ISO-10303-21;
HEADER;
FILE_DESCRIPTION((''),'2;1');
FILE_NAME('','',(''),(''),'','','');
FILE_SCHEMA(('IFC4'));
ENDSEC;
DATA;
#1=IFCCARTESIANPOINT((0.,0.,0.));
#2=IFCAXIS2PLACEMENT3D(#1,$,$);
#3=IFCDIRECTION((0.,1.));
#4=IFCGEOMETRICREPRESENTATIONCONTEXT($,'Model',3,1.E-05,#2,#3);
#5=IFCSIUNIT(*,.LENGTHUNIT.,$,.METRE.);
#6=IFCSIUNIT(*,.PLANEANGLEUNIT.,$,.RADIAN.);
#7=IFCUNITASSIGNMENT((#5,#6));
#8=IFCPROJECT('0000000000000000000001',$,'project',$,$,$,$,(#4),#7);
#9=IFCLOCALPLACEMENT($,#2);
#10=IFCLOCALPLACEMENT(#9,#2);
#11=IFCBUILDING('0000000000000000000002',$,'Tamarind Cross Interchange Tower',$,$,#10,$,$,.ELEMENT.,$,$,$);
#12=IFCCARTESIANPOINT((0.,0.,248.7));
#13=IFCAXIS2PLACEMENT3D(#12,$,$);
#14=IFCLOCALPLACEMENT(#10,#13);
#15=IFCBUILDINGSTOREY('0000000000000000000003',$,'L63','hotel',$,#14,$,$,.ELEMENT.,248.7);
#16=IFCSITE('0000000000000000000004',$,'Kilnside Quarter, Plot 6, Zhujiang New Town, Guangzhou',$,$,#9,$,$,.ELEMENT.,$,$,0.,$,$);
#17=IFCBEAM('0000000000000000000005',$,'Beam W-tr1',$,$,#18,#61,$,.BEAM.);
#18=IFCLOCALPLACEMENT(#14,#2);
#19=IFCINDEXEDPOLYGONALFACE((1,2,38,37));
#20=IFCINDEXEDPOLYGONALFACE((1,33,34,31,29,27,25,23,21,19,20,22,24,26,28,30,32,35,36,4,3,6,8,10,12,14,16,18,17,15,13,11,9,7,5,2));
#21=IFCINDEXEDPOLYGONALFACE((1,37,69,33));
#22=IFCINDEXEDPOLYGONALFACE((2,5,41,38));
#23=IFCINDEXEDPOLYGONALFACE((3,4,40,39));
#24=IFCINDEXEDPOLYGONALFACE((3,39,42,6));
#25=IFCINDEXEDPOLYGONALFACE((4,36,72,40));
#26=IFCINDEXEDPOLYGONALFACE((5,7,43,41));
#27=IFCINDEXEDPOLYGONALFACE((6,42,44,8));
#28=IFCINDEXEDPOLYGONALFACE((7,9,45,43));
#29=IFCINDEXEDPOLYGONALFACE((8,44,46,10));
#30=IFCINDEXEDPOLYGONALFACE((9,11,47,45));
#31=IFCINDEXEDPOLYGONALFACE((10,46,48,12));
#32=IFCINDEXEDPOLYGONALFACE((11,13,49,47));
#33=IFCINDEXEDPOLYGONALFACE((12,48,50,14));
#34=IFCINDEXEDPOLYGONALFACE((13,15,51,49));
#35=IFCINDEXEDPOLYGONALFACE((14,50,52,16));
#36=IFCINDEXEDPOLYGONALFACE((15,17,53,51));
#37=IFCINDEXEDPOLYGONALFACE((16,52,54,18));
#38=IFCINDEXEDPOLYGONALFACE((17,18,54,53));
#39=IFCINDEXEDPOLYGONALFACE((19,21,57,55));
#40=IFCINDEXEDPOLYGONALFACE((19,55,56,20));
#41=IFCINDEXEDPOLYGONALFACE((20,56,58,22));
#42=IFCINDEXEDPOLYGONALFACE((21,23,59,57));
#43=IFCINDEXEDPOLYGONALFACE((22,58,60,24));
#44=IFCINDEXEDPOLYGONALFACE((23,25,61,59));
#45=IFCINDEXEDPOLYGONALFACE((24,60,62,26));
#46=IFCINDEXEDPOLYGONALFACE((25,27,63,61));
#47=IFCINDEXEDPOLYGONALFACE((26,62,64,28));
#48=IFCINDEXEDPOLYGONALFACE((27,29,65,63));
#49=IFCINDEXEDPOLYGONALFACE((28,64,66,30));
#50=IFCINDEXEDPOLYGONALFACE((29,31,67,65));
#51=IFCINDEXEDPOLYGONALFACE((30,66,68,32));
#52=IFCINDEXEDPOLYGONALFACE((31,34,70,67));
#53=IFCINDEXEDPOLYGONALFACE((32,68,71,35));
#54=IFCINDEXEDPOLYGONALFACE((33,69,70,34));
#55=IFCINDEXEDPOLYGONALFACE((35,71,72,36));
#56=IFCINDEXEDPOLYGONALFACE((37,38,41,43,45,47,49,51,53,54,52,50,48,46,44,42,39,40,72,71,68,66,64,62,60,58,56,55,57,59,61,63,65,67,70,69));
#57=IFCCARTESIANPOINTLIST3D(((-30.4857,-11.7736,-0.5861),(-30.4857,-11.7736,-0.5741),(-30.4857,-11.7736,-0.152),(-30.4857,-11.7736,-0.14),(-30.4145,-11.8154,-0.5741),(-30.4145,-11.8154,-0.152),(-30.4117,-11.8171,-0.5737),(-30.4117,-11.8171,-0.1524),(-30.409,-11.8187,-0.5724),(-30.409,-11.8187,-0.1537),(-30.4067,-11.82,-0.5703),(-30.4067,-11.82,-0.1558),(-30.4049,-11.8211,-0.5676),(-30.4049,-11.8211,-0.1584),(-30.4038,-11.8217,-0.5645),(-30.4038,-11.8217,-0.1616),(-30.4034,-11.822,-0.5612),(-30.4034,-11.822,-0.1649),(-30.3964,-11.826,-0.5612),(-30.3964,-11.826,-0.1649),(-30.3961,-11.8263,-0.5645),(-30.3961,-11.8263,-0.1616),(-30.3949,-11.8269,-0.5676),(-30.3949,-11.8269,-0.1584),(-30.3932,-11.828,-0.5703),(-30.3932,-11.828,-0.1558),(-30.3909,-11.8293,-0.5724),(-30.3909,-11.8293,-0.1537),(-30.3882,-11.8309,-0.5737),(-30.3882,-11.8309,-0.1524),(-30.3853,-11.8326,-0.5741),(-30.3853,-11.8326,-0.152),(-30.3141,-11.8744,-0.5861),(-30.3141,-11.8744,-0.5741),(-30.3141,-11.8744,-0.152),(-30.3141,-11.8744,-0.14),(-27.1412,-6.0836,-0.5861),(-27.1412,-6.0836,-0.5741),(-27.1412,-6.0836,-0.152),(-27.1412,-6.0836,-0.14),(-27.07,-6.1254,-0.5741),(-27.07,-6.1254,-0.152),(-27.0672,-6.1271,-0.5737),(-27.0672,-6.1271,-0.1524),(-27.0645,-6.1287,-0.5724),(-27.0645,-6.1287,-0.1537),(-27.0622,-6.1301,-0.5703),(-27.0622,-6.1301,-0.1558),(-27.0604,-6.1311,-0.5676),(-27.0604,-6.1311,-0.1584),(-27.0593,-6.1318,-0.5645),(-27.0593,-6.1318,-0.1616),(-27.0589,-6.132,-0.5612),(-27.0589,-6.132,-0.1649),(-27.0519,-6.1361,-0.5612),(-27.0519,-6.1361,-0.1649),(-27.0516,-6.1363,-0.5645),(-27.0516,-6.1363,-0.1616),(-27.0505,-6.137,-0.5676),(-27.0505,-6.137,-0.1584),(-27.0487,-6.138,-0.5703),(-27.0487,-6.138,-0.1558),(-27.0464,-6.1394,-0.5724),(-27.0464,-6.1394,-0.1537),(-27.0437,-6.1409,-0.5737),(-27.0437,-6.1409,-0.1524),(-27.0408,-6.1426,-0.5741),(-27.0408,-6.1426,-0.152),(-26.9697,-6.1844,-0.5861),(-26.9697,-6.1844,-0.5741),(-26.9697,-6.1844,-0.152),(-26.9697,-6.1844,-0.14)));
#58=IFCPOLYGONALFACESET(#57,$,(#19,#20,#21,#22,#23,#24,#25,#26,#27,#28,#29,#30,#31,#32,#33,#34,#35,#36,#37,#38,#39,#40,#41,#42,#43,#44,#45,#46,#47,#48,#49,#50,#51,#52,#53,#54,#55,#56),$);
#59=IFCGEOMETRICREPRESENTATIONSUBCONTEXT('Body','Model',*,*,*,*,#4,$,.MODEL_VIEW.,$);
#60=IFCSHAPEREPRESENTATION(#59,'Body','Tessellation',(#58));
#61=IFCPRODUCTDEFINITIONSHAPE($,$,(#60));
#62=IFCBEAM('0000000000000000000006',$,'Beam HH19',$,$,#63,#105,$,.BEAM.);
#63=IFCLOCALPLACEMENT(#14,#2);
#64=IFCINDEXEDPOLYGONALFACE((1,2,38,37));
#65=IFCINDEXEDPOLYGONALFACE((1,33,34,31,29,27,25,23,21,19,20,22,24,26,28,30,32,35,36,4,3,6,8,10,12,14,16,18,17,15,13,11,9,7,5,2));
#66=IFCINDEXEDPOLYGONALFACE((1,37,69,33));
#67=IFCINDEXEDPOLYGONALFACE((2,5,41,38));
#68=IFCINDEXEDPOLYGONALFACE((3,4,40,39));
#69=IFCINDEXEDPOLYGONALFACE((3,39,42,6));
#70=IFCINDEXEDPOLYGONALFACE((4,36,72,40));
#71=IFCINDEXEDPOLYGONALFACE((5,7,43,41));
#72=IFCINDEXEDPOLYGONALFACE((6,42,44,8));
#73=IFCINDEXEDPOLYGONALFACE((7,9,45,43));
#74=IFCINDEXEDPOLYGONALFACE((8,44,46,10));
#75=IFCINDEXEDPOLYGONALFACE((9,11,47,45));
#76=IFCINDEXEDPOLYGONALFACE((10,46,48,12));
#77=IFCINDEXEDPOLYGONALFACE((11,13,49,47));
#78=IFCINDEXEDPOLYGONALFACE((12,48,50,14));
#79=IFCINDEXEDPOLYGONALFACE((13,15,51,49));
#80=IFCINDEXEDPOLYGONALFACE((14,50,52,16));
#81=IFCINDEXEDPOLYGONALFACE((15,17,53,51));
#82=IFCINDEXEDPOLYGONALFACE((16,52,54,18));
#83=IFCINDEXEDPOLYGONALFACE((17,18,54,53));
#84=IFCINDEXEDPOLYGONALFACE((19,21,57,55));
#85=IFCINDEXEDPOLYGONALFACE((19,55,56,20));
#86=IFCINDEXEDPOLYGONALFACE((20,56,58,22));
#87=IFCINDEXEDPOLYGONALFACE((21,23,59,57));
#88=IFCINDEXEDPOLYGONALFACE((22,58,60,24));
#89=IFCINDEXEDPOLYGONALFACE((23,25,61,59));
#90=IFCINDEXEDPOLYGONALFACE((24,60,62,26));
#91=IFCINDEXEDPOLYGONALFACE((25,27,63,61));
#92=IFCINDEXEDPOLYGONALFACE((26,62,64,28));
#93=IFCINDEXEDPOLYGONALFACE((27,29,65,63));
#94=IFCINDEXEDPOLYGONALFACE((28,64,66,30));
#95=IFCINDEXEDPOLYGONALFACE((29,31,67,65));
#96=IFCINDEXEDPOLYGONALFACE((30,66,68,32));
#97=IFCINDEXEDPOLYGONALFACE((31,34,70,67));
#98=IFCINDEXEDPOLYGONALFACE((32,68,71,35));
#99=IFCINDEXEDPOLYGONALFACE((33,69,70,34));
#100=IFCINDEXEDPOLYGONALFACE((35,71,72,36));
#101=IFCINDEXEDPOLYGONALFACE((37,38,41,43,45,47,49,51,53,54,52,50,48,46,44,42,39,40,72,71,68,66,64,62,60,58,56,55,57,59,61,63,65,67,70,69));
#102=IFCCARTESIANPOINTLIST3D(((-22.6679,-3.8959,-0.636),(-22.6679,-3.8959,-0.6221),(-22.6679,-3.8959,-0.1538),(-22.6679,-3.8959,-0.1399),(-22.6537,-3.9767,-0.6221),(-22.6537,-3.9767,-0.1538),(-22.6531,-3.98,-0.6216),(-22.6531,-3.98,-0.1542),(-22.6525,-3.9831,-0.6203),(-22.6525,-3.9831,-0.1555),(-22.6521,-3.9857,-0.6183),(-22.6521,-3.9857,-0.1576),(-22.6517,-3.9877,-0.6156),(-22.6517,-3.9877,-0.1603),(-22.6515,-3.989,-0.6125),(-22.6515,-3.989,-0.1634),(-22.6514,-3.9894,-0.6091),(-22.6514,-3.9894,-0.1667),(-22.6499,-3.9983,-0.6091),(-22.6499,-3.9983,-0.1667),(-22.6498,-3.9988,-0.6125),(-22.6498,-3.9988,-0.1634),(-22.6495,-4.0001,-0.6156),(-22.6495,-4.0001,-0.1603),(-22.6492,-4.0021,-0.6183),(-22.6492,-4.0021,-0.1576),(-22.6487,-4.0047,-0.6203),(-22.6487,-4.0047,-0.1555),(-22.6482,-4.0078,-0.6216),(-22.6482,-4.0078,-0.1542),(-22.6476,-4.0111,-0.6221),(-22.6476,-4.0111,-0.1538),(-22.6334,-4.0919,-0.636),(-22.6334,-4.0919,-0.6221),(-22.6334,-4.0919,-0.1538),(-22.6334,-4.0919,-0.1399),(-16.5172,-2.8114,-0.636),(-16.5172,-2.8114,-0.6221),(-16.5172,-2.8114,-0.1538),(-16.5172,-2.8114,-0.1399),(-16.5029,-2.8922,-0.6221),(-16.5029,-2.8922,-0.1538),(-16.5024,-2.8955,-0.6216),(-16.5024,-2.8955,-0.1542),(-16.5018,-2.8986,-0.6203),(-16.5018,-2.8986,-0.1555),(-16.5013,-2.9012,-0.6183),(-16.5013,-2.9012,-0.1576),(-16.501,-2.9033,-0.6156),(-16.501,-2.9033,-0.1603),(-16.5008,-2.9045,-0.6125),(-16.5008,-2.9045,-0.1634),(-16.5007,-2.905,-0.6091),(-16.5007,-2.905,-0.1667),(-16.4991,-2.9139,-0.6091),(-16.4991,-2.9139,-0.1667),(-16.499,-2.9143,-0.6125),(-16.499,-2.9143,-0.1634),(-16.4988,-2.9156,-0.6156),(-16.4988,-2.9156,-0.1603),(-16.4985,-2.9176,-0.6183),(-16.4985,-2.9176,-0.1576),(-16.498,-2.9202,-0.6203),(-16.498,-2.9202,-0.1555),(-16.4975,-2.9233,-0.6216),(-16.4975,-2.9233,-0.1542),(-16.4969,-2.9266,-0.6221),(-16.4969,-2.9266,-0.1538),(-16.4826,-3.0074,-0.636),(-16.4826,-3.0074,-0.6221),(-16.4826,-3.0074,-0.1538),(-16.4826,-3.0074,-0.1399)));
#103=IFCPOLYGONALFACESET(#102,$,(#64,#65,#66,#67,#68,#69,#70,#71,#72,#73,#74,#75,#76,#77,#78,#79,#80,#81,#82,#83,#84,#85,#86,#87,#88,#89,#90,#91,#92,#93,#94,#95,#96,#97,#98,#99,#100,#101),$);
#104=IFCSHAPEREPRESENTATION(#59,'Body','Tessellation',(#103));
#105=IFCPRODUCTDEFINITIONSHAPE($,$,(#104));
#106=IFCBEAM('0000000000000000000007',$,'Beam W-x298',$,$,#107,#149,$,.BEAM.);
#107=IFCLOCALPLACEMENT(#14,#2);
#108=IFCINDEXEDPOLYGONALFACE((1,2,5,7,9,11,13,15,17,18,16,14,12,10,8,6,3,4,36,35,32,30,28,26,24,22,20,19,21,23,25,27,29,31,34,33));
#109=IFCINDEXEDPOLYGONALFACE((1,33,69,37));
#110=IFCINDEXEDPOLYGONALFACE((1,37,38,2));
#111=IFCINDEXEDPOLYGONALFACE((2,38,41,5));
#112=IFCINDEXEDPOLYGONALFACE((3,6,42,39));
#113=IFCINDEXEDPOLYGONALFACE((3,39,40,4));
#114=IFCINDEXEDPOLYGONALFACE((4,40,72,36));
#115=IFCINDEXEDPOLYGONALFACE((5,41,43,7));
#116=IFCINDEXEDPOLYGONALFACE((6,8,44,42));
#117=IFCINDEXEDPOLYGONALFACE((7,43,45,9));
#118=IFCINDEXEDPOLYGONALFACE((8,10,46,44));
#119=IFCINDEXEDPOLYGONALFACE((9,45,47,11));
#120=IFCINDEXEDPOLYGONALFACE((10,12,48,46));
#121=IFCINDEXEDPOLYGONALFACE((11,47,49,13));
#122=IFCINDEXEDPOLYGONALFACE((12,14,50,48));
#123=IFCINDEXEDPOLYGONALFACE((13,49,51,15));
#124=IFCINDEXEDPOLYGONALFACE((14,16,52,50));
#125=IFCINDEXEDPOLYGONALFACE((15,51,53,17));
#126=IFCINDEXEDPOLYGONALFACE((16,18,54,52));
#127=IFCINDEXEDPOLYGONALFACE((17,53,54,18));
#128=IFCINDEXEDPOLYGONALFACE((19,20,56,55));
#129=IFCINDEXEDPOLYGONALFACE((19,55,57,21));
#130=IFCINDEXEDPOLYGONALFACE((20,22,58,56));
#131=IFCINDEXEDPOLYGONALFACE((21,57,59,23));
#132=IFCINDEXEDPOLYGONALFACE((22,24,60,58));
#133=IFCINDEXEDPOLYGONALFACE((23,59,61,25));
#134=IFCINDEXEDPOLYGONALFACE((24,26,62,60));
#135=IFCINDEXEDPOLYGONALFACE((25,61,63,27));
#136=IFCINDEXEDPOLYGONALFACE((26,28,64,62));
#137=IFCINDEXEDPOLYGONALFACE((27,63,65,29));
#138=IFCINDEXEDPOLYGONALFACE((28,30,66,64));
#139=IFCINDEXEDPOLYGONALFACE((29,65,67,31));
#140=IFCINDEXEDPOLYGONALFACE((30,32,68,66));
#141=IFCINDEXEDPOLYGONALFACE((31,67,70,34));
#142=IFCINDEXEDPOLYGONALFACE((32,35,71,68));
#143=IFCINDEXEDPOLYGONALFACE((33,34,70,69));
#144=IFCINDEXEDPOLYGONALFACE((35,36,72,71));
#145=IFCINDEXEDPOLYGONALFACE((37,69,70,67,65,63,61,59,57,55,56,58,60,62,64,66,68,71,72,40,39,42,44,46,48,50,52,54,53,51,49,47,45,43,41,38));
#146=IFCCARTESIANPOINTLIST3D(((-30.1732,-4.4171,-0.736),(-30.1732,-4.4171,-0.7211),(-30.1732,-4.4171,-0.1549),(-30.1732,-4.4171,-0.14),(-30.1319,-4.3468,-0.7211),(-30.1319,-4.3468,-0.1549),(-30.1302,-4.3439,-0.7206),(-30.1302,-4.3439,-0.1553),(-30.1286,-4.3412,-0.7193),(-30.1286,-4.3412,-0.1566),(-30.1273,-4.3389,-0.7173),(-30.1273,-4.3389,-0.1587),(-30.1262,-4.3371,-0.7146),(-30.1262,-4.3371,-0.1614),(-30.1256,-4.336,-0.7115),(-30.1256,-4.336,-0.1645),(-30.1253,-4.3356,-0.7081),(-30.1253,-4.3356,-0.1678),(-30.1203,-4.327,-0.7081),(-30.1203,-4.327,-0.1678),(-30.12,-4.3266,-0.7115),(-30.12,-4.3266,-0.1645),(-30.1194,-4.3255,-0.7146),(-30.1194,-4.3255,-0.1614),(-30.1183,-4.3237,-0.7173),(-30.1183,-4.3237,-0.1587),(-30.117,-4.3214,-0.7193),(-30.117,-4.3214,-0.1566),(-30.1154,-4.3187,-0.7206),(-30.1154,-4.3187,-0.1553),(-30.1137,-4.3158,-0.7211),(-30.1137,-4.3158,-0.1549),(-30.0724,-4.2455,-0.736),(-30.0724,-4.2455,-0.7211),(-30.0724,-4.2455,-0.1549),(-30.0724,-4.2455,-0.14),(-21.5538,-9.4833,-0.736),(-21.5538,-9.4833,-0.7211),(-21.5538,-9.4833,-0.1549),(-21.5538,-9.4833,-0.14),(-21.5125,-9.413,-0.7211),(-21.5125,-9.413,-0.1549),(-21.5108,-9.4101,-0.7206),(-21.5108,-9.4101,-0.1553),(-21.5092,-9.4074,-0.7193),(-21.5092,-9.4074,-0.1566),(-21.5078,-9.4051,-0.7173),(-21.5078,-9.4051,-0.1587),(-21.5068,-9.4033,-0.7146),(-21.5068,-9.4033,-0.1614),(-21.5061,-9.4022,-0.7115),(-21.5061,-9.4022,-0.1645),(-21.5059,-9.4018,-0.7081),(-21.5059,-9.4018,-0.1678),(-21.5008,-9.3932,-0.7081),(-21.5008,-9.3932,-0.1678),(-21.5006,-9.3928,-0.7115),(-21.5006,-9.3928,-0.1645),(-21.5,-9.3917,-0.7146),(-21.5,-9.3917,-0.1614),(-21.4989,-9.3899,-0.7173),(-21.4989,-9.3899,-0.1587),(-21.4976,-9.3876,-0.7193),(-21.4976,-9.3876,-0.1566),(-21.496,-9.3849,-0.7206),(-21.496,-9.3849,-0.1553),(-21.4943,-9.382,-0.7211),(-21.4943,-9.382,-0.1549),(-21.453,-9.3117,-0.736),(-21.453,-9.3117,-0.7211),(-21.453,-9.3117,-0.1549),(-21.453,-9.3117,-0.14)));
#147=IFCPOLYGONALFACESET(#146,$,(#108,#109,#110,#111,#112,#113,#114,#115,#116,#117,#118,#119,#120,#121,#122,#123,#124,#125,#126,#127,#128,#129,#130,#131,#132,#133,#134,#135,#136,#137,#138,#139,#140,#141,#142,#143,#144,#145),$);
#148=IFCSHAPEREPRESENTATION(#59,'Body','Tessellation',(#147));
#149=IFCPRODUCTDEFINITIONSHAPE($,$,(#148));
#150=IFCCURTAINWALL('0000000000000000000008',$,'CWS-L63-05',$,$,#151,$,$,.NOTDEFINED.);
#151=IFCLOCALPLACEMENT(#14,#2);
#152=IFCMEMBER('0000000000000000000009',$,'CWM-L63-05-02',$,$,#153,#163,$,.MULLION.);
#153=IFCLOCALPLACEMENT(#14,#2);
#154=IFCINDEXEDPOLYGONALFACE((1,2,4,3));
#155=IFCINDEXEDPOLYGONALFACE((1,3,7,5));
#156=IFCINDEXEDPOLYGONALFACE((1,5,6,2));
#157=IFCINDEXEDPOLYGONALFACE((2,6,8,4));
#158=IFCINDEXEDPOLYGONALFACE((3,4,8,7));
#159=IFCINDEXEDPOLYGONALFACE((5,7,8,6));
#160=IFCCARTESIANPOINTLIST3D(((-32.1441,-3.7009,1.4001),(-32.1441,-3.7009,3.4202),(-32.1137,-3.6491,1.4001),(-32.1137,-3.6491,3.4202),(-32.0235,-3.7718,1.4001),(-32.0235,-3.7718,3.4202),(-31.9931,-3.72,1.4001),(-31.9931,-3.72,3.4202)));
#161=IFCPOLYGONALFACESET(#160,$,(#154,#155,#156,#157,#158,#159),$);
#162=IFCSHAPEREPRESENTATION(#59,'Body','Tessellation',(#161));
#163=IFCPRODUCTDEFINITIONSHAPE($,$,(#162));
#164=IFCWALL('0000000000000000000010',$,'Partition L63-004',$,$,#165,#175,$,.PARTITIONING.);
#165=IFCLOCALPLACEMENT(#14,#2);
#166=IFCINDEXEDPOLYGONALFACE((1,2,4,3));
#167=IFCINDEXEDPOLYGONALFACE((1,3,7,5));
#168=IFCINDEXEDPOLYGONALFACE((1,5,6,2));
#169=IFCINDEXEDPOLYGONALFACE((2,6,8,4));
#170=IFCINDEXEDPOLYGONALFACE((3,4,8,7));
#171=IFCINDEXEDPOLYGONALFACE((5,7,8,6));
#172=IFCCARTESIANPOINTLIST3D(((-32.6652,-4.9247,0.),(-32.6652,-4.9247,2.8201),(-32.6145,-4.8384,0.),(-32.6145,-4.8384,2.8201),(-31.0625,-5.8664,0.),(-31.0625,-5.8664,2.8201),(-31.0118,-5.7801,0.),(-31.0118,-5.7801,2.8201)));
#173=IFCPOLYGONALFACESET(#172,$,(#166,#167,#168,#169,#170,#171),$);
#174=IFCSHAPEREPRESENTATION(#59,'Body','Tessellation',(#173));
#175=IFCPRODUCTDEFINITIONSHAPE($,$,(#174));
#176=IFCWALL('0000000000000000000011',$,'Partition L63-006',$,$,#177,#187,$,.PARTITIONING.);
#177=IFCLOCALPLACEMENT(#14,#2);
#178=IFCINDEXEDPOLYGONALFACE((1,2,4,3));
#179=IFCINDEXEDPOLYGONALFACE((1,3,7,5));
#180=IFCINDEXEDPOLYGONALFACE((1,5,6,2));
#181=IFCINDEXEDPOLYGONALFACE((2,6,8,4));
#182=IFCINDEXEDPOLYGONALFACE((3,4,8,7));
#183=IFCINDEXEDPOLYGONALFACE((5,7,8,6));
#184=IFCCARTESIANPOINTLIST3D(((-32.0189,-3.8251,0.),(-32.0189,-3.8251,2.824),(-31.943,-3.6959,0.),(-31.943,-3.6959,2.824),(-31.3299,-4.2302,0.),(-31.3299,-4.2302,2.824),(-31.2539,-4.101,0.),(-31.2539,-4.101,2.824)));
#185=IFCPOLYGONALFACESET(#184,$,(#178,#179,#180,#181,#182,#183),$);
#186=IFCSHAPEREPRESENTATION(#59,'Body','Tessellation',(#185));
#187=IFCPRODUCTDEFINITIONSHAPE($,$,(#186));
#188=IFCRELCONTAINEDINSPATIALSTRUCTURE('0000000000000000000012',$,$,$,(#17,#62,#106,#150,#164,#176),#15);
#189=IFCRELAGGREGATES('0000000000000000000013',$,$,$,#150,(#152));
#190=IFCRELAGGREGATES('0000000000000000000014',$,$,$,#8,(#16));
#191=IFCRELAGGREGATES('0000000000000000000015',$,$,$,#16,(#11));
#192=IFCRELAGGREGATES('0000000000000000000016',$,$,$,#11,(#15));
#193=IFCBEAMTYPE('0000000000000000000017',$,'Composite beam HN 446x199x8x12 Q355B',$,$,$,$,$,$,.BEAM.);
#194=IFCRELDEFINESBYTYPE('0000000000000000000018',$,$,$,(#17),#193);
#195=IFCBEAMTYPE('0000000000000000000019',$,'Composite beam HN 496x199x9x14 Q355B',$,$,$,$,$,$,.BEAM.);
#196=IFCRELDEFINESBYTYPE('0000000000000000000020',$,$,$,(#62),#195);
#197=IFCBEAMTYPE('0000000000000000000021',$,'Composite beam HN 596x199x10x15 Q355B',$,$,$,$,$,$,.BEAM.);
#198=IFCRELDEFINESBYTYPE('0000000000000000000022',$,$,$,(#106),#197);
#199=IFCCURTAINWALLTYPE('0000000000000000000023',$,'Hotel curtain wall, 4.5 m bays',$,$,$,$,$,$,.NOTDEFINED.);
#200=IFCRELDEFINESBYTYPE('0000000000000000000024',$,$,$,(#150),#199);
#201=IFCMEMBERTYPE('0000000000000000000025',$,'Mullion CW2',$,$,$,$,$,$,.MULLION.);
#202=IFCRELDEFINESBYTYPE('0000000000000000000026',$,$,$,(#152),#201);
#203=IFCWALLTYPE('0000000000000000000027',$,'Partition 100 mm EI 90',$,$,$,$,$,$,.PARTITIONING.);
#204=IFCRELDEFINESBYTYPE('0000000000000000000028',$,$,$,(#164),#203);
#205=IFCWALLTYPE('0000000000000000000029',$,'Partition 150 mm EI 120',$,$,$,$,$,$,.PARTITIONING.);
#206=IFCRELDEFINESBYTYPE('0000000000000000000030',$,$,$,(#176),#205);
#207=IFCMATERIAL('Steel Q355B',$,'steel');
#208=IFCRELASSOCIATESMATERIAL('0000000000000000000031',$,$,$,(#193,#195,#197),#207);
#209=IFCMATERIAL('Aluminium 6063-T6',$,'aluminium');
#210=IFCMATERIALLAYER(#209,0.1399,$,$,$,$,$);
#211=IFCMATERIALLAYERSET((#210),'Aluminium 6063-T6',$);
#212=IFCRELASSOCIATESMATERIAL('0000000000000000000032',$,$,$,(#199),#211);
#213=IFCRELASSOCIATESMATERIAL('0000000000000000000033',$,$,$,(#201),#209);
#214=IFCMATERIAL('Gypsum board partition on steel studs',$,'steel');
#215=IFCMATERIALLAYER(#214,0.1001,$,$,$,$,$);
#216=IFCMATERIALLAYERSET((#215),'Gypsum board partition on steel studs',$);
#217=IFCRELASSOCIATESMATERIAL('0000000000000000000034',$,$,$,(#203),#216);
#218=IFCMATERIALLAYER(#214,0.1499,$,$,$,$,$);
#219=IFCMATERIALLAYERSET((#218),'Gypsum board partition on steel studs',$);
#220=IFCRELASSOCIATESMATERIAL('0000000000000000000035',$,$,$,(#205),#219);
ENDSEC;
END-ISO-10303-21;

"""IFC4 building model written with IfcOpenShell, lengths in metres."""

from ifc_helpers import new_model, si_unit, direction, frame, frame_2d, origin, origin_2d, place, context, subcontext, project, spatial, rectangle, i_section, extrude, material, layer, layer_set, material_profile, profile_set, type_object, element, aggregate, save


model = new_model("IFC4")

# Units and contexts
model_context = context("Model", 3, precision=1e-05, world=origin(), true_north=direction((0.0, 1.0)))
body_context = subcontext(model_context, "Body", "Model", "MODEL_VIEW")
ifc_project = project(units=[si_unit("LENGTHUNIT", "METRE"), si_unit("PLANEANGLEUNIT", "RADIAN")], contexts=[model_context])

# Site, building, storey
site_placement = place(None, origin())
site = spatial("IfcSite", under=ifc_project, at=site_placement, Name="Kilnside Quarter, Plot 6, Zhujiang New Town, Guangzhou", CompositionType="ELEMENT", RefElevation=0.0)
building_placement = place(site_placement, origin())
building = spatial("IfcBuilding", under=site, at=building_placement, Name="Tamarind Cross Interchange Tower", CompositionType="ELEMENT")
storey_placement = place(building_placement, frame((0.0, 0.0, 248.7)))
storey = spatial("IfcBuildingStorey", under=building, at=storey_placement, Name="L63", Description="hotel", CompositionType="ELEMENT", Elevation=248.7)

# Beams
ifc_material_1 = material(Name="Steel Q355B", Category="steel")
ifc_material_profile_1 = material_profile(ifc_material_1, i_section(OverallWidth=0.199, OverallDepth=0.446, WebThickness=0.0081, FlangeThickness=0.012, FilletRadius=0.0129, at=origin_2d()), Name="HN 446x199x8x12")
ifc_profile_set_1 = profile_set([ifc_material_profile_1], Name="Steel Q355B")
beam_type_1 = type_object("IfcBeamType", Name="Composite beam HN 446x199x8x12 Q355B", PredefinedType="BEAM", material=ifc_profile_set_1)
for number, where, z_axis, x_axis, name in (
    (1, (-27.0554, -6.134, -0.363), (-0.506734, -0.862102, 0.0), (0.862102, -0.506734, 0.0), "Beam W-tr1"),
):
    element("IfcBeam", number, at=place(storey_placement, frame(where, z_axis=z_axis, x_axis=x_axis)), inside=storey, type_object=beam_type_1, Name=name, PredefinedType="BEAM", context=body_context, shape_type="SweptSolid", body=[
        extrude(i_section(OverallWidth=0.199, OverallDepth=0.446, WebThickness=0.0081, FlangeThickness=0.012, FilletRadius=0.0129, at=origin_2d()), origin(), (0.0, 0.0, 1.0), 6.6001),
    ])
ifc_material_profile_2 = material_profile(ifc_material_1, i_section(OverallWidth=0.199, OverallDepth=0.4961, WebThickness=0.009, FlangeThickness=0.0139, FilletRadius=0.0129, at=origin_2d()), Name="HN 496x199x9x14")
ifc_profile_set_2 = profile_set([ifc_material_profile_2], Name="Steel Q355B")
beam_type_2 = type_object("IfcBeamType", Name="Composite beam HN 496x199x9x14 Q355B", PredefinedType="BEAM", material=ifc_profile_set_2)
beam_1_placement = place(storey_placement, frame((-22.6506, -3.9939, -0.3879), z_axis=(0.984809, 0.17364, 0.0), x_axis=(-0.17364, 0.984809, 0.0)))
element("IfcBeam", 2, at=beam_1_placement, inside=storey, type_object=beam_type_2, Name="Beam HH19", PredefinedType="BEAM", context=body_context, shape_type="SweptSolid", body=[
    extrude(i_section(OverallWidth=0.199, OverallDepth=0.4961, WebThickness=0.009, FlangeThickness=0.0139, FilletRadius=0.0129, at=origin_2d()), origin(), (0.0, 0.0, 1.0), 6.2456),
])
ifc_material_profile_3 = material_profile(ifc_material_1, i_section(OverallWidth=0.199, OverallDepth=0.5959, WebThickness=0.01, FlangeThickness=0.0149, FilletRadius=0.0129, at=origin_2d()), Name="HN 596x199x10x15")
ifc_profile_set_3 = profile_set([ifc_material_profile_3], Name="Steel Q355B")
beam_type_3 = type_object("IfcBeamType", Name="Composite beam HN 596x199x10x15 Q355B", PredefinedType="BEAM", material=ifc_profile_set_3)
beam_2_placement = place(storey_placement, frame((-30.1228, -4.3313, -0.438), z_axis=(0.862112, -0.506718, 0.0), x_axis=(0.506718, 0.862112, 0.0)))
element("IfcBeam", 3, at=beam_2_placement, inside=storey, type_object=beam_type_3, Name="Beam W-x298", PredefinedType="BEAM", context=body_context, shape_type="SweptSolid", body=[
    extrude(i_section(OverallWidth=0.199, OverallDepth=0.5959, WebThickness=0.01, FlangeThickness=0.0149, FilletRadius=0.0129, at=origin_2d()), origin(), (0.0, 0.0, 1.0), 9.998),
])

# Curtain wall, member
ifc_material_2 = material(Name="Aluminium 6063-T6", Category="aluminium")
ifc_layer_1 = layer(ifc_material_2, 0.1399)
ifc_layer_set_1 = layer_set([ifc_layer_1], Name="Aluminium 6063-T6")
curtain_wall_type = type_object("IfcCurtainWallType", Name="Hotel curtain wall, 4.5 m bays", PredefinedType="NOTDEFINED", material=ifc_layer_set_1)
curtain_wall_placement = place(storey_placement, origin())
curtain_wall = element("IfcCurtainWall", 4, at=curtain_wall_placement, inside=storey, type_object=curtain_wall_type, Name="CWS-L63-05", PredefinedType="NOTDEFINED")
ifc_material_profile_4 = material_profile(ifc_material_2, rectangle(XDim=0.0601, YDim=0.1399, at=origin_2d()), Name="Mullion CW2")
ifc_profile_set_4 = profile_set([ifc_material_profile_4], Name="Aluminium 6063-T6")
member_type = type_object("IfcMemberType", Name="Mullion CW2", PredefinedType="MULLION", material=ifc_profile_set_4)
member_placement = place(storey_placement, frame((-32.0686, -3.7104, 1.4001), z_axis=(0.0, 0.0, 1.0), x_axis=(-0.506732, -0.862104, 0.0)))
member = element("IfcMember", 5, at=member_placement, type_object=member_type, Name="CWM-L63-05-02", PredefinedType="MULLION", context=body_context, shape_type="SweptSolid", body=[
    extrude(rectangle(XDim=0.0601, YDim=0.1399, at=origin_2d()), origin(), (0.0, 0.0, 1.0), 2.02),
])
aggregate(curtain_wall, [member])

# Walls
ifc_material_3 = material(Name="Gypsum board partition on steel studs", Category="steel")
ifc_layer_2 = layer(ifc_material_3, 0.1001)
ifc_layer_set_2 = layer_set([ifc_layer_2], Name="Gypsum board partition on steel studs")
wall_type_1 = type_object("IfcWallType", Name="Partition 100 mm EI 90", PredefinedType="PARTITIONING", material=ifc_layer_set_2)
wall_1_placement = place(storey_placement, frame((-32.6399, -4.8816, 0.0), z_axis=(0.0, 0.0, 1.0), x_axis=(0.862208, -0.506555, 0.0)))
element("IfcWall", 6, at=wall_1_placement, inside=storey, type_object=wall_type_1, Name="Partition L63-004", PredefinedType="PARTITIONING", context=body_context, shape_type="SweptSolid", body=[
    extrude(rectangle(XDim=1.8589, YDim=0.1001, at=frame_2d((0.9294, 0.0))), origin(), (0.0, 0.0, 1.0), 2.8201),
])
ifc_layer_3 = layer(ifc_material_3, 0.1499)
ifc_layer_set_3 = layer_set([ifc_layer_3], Name="Gypsum board partition on steel studs")
wall_type_2 = type_object("IfcWallType", Name="Partition 150 mm EI 120", PredefinedType="PARTITIONING", material=ifc_layer_set_3)
wall_2_placement = place(storey_placement, frame((-31.981, -3.7605, 0.0), z_axis=(0.0, 0.0, 1.0), x_axis=(0.862068, -0.506793, 0.0)))
element("IfcWall", 7, at=wall_2_placement, inside=storey, type_object=wall_type_2, Name="Partition L63-006", PredefinedType="PARTITIONING", context=body_context, shape_type="SweptSolid", body=[
    extrude(rectangle(XDim=0.7993, YDim=0.1499, at=frame_2d((0.3997, 0.0))), origin(), (0.0, 0.0, 1.0), 2.824),
])

save(model, "model.ifc")
